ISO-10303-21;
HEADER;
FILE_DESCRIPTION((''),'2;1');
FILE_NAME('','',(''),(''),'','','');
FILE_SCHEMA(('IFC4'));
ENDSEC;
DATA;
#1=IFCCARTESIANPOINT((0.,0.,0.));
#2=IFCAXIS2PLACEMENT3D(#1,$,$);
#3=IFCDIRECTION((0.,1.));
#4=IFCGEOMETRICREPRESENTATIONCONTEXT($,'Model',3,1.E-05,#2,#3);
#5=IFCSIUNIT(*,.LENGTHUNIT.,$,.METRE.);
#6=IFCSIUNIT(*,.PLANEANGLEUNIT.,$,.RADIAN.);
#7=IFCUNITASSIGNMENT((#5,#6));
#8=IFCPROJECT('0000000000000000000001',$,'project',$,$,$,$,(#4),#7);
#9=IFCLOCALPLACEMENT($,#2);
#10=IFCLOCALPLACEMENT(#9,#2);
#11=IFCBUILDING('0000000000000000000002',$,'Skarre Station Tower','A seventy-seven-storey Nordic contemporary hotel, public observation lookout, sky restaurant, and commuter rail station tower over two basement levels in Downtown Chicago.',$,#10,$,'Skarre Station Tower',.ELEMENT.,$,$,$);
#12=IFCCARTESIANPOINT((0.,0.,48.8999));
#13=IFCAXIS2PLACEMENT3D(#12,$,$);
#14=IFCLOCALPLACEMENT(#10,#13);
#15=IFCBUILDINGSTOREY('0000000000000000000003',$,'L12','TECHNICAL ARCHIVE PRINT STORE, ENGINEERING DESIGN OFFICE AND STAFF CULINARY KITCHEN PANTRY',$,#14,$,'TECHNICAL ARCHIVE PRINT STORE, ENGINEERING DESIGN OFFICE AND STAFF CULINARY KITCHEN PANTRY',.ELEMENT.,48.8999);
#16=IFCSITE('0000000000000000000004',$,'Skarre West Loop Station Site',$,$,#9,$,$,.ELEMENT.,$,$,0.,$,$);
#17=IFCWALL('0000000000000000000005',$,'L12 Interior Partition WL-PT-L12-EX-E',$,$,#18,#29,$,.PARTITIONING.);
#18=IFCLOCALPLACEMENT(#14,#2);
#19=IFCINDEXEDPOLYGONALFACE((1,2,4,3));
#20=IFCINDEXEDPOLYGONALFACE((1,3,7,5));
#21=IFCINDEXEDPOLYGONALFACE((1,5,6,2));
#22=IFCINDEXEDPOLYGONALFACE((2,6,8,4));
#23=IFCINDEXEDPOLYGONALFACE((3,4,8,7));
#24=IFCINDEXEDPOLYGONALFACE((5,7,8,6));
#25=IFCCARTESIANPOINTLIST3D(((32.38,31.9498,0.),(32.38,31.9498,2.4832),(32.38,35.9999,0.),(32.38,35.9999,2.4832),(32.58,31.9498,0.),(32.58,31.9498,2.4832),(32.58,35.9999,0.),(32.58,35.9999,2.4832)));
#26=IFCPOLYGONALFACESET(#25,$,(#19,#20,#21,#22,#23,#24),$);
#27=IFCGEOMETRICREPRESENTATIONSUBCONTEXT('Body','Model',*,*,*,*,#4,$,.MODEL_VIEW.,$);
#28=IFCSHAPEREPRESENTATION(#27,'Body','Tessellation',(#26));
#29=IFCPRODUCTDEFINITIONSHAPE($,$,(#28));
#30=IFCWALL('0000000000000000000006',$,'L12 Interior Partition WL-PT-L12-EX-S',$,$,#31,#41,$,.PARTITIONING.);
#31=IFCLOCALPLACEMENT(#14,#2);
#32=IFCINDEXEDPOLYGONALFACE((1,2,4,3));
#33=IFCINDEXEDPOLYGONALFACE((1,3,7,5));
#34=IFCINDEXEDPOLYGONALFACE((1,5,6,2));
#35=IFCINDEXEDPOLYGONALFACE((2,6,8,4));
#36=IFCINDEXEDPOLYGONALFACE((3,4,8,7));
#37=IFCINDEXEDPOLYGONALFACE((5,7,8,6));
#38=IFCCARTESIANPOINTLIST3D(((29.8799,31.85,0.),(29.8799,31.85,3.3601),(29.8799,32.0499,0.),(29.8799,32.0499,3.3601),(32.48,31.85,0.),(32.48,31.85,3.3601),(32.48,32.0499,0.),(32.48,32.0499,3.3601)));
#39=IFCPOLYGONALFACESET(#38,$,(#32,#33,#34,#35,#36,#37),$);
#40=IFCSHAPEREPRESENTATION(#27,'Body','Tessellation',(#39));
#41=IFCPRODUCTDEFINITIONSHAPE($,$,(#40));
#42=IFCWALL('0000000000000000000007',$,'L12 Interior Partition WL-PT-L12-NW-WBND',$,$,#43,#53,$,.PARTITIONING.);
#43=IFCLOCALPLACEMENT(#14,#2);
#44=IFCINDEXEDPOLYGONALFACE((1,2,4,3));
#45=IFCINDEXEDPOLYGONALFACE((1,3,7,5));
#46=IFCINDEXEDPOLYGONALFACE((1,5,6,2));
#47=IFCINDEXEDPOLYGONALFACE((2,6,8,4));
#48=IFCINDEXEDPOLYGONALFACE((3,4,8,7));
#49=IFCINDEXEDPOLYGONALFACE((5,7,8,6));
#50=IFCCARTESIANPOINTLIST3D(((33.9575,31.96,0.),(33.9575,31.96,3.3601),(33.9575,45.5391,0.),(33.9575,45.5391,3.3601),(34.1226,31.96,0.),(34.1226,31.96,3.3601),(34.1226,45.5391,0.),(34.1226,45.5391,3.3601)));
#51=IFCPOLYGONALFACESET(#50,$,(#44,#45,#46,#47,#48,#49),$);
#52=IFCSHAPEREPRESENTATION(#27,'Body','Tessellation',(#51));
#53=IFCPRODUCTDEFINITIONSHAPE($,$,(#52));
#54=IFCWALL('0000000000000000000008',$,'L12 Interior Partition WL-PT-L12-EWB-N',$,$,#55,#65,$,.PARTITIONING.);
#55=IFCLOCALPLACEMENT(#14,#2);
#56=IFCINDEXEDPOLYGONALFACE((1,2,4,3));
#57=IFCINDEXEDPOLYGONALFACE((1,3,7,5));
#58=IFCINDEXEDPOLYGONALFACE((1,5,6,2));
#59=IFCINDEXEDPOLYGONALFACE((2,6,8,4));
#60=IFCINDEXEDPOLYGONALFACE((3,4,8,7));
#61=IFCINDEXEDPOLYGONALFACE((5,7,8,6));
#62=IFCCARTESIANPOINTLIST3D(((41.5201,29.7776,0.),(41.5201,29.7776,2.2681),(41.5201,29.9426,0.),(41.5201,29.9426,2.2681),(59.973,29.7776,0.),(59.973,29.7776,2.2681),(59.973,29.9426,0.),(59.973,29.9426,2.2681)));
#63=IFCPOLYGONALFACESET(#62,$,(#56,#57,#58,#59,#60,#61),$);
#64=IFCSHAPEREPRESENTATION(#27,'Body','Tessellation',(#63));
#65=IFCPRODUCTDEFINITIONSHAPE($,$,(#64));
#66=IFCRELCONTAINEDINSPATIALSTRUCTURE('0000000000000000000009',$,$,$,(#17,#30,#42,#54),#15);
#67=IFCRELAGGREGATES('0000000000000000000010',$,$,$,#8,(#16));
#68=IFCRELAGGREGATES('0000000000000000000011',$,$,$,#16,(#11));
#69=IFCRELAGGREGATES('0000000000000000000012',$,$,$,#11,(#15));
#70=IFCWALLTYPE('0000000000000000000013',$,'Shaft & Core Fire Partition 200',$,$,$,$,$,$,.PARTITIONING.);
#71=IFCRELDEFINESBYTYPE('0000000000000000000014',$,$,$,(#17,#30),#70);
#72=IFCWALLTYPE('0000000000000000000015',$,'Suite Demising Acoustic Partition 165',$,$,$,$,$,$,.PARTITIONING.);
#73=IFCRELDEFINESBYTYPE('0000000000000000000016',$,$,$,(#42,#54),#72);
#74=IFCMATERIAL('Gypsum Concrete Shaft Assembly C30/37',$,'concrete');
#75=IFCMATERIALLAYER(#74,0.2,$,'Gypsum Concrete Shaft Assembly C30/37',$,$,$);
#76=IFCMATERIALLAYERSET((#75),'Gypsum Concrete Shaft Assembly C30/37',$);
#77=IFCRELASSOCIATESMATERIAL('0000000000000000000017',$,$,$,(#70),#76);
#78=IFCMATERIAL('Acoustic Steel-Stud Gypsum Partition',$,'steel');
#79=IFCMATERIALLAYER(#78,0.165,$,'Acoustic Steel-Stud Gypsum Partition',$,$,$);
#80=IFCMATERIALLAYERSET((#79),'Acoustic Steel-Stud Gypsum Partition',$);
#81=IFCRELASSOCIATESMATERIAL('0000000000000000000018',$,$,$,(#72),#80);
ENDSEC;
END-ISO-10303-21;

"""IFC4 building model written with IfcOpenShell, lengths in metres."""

from ifc_helpers import new_model, si_unit, direction, frame, frame_2d, origin, place, context, subcontext, project, spatial, rectangle, extrude, material, layer, layer_set, type_object, element, save


model = new_model("IFC4")

# Units and contexts
model_context = context("Model", 3, precision=1e-05, world=origin(), true_north=direction((0.0, 1.0)))
body_context = subcontext(model_context, "Body", "Model", "MODEL_VIEW")
ifc_project = project(units=[si_unit("LENGTHUNIT", "METRE"), si_unit("PLANEANGLEUNIT", "RADIAN")], contexts=[model_context])

# Site, building, storey
site_placement = place(None, origin())
site = spatial("IfcSite", under=ifc_project, at=site_placement, Name="Skarre West Loop Station Site", CompositionType="ELEMENT", RefElevation=0.0)
building_placement = place(site_placement, origin())
building = spatial("IfcBuilding", under=site, at=building_placement, Name="Skarre Station Tower", Description="A seventy-seven-storey Nordic contemporary hotel, public observation lookout, sky restaurant, and commuter rail station tower over two basement levels in Downtown Chicago.", LongName="Skarre Station Tower", CompositionType="ELEMENT")
storey_placement = place(building_placement, frame((0.0, 0.0, 48.8999)))
storey = spatial("IfcBuildingStorey", under=building, at=storey_placement, Name="L12", Description="TECHNICAL ARCHIVE PRINT STORE, ENGINEERING DESIGN OFFICE AND STAFF CULINARY KITCHEN PANTRY", LongName="TECHNICAL ARCHIVE PRINT STORE, ENGINEERING DESIGN OFFICE AND STAFF CULINARY KITCHEN PANTRY", CompositionType="ELEMENT", Elevation=48.8999)

# Shared definitions
ifc_material_1 = material(Name="Acoustic Steel-Stud Gypsum Partition", Category="steel")

# Walls
ifc_material_2 = material(Name="Gypsum Concrete Shaft Assembly C30/37", Category="concrete")
ifc_layer_1 = layer(ifc_material_2, 0.2, Name="Gypsum Concrete Shaft Assembly C30/37")
ifc_layer_set_1 = layer_set([ifc_layer_1], Name="Gypsum Concrete Shaft Assembly C30/37")
wall_type_1 = type_object("IfcWallType", Name="Shaft & Core Fire Partition 200", PredefinedType="PARTITIONING", material=ifc_layer_set_1)
wall_1_placement = place(storey_placement, frame((32.48, 31.95, 0.0), z_axis=(0.0, 0.0, 1.0), x_axis=(0.0, 1.0, 0.0)))
element("IfcWall", 1, at=wall_1_placement, inside=storey, type_object=wall_type_1, Name="L12 Interior Partition WL-PT-L12-EX-E", PredefinedType="PARTITIONING", context=body_context, shape_type="SweptSolid", body=[
    extrude(rectangle(XDim=4.05, YDim=0.2, at=frame_2d((2.0249, 0.0))), origin(), (0.0, 0.0, 1.0), 2.4832),
])
wall_2_placement = place(storey_placement, frame((32.48, 31.95, 0.0), z_axis=(0.0, 0.0, 1.0), x_axis=(-1.0, 0.0, 0.0)))
element("IfcWall", 2, at=wall_2_placement, inside=storey, type_object=wall_type_1, Name="L12 Interior Partition WL-PT-L12-EX-S", PredefinedType="PARTITIONING", context=body_context, shape_type="SweptSolid", body=[
    extrude(rectangle(XDim=2.6001, YDim=0.2, at=frame_2d((1.3, 0.0))), origin(), (0.0, 0.0, 1.0), 3.3601),
])
ifc_layer_2 = layer(ifc_material_1, 0.165, Name="Acoustic Steel-Stud Gypsum Partition")
ifc_layer_set_2 = layer_set([ifc_layer_2], Name="Acoustic Steel-Stud Gypsum Partition")
wall_type_2 = type_object("IfcWallType", Name="Suite Demising Acoustic Partition 165", PredefinedType="PARTITIONING", material=ifc_layer_set_2)
wall_3_placement = place(storey_placement, frame((34.04, 31.96, 0.0), z_axis=(0.0, 0.0, 1.0), x_axis=(0.0, 1.0, 0.0)))
element("IfcWall", 3, at=wall_3_placement, inside=storey, type_object=wall_type_2, Name="L12 Interior Partition WL-PT-L12-NW-WBND", PredefinedType="PARTITIONING", context=body_context, shape_type="SweptSolid", body=[
    extrude(rectangle(XDim=13.5791, YDim=0.165, at=frame_2d((6.7896, 0.0))), origin(), (0.0, 0.0, 1.0), 3.3601),
])
wall_4_placement = place(storey_placement, frame((41.52, 29.8601, 0.0), z_axis=(0.0, 0.0, 1.0), x_axis=(1.0, 0.0, 0.0)))
element("IfcWall", 4, at=wall_4_placement, inside=storey, type_object=wall_type_2, Name="L12 Interior Partition WL-PT-L12-EWB-N", PredefinedType="PARTITIONING", context=body_context, shape_type="SweptSolid", body=[
    extrude(rectangle(XDim=18.4529, YDim=0.165, at=frame_2d((9.2266, 0.0))), origin(), (0.0, 0.0, 1.0), 2.2681),
])

save(model, "model.ifc")
